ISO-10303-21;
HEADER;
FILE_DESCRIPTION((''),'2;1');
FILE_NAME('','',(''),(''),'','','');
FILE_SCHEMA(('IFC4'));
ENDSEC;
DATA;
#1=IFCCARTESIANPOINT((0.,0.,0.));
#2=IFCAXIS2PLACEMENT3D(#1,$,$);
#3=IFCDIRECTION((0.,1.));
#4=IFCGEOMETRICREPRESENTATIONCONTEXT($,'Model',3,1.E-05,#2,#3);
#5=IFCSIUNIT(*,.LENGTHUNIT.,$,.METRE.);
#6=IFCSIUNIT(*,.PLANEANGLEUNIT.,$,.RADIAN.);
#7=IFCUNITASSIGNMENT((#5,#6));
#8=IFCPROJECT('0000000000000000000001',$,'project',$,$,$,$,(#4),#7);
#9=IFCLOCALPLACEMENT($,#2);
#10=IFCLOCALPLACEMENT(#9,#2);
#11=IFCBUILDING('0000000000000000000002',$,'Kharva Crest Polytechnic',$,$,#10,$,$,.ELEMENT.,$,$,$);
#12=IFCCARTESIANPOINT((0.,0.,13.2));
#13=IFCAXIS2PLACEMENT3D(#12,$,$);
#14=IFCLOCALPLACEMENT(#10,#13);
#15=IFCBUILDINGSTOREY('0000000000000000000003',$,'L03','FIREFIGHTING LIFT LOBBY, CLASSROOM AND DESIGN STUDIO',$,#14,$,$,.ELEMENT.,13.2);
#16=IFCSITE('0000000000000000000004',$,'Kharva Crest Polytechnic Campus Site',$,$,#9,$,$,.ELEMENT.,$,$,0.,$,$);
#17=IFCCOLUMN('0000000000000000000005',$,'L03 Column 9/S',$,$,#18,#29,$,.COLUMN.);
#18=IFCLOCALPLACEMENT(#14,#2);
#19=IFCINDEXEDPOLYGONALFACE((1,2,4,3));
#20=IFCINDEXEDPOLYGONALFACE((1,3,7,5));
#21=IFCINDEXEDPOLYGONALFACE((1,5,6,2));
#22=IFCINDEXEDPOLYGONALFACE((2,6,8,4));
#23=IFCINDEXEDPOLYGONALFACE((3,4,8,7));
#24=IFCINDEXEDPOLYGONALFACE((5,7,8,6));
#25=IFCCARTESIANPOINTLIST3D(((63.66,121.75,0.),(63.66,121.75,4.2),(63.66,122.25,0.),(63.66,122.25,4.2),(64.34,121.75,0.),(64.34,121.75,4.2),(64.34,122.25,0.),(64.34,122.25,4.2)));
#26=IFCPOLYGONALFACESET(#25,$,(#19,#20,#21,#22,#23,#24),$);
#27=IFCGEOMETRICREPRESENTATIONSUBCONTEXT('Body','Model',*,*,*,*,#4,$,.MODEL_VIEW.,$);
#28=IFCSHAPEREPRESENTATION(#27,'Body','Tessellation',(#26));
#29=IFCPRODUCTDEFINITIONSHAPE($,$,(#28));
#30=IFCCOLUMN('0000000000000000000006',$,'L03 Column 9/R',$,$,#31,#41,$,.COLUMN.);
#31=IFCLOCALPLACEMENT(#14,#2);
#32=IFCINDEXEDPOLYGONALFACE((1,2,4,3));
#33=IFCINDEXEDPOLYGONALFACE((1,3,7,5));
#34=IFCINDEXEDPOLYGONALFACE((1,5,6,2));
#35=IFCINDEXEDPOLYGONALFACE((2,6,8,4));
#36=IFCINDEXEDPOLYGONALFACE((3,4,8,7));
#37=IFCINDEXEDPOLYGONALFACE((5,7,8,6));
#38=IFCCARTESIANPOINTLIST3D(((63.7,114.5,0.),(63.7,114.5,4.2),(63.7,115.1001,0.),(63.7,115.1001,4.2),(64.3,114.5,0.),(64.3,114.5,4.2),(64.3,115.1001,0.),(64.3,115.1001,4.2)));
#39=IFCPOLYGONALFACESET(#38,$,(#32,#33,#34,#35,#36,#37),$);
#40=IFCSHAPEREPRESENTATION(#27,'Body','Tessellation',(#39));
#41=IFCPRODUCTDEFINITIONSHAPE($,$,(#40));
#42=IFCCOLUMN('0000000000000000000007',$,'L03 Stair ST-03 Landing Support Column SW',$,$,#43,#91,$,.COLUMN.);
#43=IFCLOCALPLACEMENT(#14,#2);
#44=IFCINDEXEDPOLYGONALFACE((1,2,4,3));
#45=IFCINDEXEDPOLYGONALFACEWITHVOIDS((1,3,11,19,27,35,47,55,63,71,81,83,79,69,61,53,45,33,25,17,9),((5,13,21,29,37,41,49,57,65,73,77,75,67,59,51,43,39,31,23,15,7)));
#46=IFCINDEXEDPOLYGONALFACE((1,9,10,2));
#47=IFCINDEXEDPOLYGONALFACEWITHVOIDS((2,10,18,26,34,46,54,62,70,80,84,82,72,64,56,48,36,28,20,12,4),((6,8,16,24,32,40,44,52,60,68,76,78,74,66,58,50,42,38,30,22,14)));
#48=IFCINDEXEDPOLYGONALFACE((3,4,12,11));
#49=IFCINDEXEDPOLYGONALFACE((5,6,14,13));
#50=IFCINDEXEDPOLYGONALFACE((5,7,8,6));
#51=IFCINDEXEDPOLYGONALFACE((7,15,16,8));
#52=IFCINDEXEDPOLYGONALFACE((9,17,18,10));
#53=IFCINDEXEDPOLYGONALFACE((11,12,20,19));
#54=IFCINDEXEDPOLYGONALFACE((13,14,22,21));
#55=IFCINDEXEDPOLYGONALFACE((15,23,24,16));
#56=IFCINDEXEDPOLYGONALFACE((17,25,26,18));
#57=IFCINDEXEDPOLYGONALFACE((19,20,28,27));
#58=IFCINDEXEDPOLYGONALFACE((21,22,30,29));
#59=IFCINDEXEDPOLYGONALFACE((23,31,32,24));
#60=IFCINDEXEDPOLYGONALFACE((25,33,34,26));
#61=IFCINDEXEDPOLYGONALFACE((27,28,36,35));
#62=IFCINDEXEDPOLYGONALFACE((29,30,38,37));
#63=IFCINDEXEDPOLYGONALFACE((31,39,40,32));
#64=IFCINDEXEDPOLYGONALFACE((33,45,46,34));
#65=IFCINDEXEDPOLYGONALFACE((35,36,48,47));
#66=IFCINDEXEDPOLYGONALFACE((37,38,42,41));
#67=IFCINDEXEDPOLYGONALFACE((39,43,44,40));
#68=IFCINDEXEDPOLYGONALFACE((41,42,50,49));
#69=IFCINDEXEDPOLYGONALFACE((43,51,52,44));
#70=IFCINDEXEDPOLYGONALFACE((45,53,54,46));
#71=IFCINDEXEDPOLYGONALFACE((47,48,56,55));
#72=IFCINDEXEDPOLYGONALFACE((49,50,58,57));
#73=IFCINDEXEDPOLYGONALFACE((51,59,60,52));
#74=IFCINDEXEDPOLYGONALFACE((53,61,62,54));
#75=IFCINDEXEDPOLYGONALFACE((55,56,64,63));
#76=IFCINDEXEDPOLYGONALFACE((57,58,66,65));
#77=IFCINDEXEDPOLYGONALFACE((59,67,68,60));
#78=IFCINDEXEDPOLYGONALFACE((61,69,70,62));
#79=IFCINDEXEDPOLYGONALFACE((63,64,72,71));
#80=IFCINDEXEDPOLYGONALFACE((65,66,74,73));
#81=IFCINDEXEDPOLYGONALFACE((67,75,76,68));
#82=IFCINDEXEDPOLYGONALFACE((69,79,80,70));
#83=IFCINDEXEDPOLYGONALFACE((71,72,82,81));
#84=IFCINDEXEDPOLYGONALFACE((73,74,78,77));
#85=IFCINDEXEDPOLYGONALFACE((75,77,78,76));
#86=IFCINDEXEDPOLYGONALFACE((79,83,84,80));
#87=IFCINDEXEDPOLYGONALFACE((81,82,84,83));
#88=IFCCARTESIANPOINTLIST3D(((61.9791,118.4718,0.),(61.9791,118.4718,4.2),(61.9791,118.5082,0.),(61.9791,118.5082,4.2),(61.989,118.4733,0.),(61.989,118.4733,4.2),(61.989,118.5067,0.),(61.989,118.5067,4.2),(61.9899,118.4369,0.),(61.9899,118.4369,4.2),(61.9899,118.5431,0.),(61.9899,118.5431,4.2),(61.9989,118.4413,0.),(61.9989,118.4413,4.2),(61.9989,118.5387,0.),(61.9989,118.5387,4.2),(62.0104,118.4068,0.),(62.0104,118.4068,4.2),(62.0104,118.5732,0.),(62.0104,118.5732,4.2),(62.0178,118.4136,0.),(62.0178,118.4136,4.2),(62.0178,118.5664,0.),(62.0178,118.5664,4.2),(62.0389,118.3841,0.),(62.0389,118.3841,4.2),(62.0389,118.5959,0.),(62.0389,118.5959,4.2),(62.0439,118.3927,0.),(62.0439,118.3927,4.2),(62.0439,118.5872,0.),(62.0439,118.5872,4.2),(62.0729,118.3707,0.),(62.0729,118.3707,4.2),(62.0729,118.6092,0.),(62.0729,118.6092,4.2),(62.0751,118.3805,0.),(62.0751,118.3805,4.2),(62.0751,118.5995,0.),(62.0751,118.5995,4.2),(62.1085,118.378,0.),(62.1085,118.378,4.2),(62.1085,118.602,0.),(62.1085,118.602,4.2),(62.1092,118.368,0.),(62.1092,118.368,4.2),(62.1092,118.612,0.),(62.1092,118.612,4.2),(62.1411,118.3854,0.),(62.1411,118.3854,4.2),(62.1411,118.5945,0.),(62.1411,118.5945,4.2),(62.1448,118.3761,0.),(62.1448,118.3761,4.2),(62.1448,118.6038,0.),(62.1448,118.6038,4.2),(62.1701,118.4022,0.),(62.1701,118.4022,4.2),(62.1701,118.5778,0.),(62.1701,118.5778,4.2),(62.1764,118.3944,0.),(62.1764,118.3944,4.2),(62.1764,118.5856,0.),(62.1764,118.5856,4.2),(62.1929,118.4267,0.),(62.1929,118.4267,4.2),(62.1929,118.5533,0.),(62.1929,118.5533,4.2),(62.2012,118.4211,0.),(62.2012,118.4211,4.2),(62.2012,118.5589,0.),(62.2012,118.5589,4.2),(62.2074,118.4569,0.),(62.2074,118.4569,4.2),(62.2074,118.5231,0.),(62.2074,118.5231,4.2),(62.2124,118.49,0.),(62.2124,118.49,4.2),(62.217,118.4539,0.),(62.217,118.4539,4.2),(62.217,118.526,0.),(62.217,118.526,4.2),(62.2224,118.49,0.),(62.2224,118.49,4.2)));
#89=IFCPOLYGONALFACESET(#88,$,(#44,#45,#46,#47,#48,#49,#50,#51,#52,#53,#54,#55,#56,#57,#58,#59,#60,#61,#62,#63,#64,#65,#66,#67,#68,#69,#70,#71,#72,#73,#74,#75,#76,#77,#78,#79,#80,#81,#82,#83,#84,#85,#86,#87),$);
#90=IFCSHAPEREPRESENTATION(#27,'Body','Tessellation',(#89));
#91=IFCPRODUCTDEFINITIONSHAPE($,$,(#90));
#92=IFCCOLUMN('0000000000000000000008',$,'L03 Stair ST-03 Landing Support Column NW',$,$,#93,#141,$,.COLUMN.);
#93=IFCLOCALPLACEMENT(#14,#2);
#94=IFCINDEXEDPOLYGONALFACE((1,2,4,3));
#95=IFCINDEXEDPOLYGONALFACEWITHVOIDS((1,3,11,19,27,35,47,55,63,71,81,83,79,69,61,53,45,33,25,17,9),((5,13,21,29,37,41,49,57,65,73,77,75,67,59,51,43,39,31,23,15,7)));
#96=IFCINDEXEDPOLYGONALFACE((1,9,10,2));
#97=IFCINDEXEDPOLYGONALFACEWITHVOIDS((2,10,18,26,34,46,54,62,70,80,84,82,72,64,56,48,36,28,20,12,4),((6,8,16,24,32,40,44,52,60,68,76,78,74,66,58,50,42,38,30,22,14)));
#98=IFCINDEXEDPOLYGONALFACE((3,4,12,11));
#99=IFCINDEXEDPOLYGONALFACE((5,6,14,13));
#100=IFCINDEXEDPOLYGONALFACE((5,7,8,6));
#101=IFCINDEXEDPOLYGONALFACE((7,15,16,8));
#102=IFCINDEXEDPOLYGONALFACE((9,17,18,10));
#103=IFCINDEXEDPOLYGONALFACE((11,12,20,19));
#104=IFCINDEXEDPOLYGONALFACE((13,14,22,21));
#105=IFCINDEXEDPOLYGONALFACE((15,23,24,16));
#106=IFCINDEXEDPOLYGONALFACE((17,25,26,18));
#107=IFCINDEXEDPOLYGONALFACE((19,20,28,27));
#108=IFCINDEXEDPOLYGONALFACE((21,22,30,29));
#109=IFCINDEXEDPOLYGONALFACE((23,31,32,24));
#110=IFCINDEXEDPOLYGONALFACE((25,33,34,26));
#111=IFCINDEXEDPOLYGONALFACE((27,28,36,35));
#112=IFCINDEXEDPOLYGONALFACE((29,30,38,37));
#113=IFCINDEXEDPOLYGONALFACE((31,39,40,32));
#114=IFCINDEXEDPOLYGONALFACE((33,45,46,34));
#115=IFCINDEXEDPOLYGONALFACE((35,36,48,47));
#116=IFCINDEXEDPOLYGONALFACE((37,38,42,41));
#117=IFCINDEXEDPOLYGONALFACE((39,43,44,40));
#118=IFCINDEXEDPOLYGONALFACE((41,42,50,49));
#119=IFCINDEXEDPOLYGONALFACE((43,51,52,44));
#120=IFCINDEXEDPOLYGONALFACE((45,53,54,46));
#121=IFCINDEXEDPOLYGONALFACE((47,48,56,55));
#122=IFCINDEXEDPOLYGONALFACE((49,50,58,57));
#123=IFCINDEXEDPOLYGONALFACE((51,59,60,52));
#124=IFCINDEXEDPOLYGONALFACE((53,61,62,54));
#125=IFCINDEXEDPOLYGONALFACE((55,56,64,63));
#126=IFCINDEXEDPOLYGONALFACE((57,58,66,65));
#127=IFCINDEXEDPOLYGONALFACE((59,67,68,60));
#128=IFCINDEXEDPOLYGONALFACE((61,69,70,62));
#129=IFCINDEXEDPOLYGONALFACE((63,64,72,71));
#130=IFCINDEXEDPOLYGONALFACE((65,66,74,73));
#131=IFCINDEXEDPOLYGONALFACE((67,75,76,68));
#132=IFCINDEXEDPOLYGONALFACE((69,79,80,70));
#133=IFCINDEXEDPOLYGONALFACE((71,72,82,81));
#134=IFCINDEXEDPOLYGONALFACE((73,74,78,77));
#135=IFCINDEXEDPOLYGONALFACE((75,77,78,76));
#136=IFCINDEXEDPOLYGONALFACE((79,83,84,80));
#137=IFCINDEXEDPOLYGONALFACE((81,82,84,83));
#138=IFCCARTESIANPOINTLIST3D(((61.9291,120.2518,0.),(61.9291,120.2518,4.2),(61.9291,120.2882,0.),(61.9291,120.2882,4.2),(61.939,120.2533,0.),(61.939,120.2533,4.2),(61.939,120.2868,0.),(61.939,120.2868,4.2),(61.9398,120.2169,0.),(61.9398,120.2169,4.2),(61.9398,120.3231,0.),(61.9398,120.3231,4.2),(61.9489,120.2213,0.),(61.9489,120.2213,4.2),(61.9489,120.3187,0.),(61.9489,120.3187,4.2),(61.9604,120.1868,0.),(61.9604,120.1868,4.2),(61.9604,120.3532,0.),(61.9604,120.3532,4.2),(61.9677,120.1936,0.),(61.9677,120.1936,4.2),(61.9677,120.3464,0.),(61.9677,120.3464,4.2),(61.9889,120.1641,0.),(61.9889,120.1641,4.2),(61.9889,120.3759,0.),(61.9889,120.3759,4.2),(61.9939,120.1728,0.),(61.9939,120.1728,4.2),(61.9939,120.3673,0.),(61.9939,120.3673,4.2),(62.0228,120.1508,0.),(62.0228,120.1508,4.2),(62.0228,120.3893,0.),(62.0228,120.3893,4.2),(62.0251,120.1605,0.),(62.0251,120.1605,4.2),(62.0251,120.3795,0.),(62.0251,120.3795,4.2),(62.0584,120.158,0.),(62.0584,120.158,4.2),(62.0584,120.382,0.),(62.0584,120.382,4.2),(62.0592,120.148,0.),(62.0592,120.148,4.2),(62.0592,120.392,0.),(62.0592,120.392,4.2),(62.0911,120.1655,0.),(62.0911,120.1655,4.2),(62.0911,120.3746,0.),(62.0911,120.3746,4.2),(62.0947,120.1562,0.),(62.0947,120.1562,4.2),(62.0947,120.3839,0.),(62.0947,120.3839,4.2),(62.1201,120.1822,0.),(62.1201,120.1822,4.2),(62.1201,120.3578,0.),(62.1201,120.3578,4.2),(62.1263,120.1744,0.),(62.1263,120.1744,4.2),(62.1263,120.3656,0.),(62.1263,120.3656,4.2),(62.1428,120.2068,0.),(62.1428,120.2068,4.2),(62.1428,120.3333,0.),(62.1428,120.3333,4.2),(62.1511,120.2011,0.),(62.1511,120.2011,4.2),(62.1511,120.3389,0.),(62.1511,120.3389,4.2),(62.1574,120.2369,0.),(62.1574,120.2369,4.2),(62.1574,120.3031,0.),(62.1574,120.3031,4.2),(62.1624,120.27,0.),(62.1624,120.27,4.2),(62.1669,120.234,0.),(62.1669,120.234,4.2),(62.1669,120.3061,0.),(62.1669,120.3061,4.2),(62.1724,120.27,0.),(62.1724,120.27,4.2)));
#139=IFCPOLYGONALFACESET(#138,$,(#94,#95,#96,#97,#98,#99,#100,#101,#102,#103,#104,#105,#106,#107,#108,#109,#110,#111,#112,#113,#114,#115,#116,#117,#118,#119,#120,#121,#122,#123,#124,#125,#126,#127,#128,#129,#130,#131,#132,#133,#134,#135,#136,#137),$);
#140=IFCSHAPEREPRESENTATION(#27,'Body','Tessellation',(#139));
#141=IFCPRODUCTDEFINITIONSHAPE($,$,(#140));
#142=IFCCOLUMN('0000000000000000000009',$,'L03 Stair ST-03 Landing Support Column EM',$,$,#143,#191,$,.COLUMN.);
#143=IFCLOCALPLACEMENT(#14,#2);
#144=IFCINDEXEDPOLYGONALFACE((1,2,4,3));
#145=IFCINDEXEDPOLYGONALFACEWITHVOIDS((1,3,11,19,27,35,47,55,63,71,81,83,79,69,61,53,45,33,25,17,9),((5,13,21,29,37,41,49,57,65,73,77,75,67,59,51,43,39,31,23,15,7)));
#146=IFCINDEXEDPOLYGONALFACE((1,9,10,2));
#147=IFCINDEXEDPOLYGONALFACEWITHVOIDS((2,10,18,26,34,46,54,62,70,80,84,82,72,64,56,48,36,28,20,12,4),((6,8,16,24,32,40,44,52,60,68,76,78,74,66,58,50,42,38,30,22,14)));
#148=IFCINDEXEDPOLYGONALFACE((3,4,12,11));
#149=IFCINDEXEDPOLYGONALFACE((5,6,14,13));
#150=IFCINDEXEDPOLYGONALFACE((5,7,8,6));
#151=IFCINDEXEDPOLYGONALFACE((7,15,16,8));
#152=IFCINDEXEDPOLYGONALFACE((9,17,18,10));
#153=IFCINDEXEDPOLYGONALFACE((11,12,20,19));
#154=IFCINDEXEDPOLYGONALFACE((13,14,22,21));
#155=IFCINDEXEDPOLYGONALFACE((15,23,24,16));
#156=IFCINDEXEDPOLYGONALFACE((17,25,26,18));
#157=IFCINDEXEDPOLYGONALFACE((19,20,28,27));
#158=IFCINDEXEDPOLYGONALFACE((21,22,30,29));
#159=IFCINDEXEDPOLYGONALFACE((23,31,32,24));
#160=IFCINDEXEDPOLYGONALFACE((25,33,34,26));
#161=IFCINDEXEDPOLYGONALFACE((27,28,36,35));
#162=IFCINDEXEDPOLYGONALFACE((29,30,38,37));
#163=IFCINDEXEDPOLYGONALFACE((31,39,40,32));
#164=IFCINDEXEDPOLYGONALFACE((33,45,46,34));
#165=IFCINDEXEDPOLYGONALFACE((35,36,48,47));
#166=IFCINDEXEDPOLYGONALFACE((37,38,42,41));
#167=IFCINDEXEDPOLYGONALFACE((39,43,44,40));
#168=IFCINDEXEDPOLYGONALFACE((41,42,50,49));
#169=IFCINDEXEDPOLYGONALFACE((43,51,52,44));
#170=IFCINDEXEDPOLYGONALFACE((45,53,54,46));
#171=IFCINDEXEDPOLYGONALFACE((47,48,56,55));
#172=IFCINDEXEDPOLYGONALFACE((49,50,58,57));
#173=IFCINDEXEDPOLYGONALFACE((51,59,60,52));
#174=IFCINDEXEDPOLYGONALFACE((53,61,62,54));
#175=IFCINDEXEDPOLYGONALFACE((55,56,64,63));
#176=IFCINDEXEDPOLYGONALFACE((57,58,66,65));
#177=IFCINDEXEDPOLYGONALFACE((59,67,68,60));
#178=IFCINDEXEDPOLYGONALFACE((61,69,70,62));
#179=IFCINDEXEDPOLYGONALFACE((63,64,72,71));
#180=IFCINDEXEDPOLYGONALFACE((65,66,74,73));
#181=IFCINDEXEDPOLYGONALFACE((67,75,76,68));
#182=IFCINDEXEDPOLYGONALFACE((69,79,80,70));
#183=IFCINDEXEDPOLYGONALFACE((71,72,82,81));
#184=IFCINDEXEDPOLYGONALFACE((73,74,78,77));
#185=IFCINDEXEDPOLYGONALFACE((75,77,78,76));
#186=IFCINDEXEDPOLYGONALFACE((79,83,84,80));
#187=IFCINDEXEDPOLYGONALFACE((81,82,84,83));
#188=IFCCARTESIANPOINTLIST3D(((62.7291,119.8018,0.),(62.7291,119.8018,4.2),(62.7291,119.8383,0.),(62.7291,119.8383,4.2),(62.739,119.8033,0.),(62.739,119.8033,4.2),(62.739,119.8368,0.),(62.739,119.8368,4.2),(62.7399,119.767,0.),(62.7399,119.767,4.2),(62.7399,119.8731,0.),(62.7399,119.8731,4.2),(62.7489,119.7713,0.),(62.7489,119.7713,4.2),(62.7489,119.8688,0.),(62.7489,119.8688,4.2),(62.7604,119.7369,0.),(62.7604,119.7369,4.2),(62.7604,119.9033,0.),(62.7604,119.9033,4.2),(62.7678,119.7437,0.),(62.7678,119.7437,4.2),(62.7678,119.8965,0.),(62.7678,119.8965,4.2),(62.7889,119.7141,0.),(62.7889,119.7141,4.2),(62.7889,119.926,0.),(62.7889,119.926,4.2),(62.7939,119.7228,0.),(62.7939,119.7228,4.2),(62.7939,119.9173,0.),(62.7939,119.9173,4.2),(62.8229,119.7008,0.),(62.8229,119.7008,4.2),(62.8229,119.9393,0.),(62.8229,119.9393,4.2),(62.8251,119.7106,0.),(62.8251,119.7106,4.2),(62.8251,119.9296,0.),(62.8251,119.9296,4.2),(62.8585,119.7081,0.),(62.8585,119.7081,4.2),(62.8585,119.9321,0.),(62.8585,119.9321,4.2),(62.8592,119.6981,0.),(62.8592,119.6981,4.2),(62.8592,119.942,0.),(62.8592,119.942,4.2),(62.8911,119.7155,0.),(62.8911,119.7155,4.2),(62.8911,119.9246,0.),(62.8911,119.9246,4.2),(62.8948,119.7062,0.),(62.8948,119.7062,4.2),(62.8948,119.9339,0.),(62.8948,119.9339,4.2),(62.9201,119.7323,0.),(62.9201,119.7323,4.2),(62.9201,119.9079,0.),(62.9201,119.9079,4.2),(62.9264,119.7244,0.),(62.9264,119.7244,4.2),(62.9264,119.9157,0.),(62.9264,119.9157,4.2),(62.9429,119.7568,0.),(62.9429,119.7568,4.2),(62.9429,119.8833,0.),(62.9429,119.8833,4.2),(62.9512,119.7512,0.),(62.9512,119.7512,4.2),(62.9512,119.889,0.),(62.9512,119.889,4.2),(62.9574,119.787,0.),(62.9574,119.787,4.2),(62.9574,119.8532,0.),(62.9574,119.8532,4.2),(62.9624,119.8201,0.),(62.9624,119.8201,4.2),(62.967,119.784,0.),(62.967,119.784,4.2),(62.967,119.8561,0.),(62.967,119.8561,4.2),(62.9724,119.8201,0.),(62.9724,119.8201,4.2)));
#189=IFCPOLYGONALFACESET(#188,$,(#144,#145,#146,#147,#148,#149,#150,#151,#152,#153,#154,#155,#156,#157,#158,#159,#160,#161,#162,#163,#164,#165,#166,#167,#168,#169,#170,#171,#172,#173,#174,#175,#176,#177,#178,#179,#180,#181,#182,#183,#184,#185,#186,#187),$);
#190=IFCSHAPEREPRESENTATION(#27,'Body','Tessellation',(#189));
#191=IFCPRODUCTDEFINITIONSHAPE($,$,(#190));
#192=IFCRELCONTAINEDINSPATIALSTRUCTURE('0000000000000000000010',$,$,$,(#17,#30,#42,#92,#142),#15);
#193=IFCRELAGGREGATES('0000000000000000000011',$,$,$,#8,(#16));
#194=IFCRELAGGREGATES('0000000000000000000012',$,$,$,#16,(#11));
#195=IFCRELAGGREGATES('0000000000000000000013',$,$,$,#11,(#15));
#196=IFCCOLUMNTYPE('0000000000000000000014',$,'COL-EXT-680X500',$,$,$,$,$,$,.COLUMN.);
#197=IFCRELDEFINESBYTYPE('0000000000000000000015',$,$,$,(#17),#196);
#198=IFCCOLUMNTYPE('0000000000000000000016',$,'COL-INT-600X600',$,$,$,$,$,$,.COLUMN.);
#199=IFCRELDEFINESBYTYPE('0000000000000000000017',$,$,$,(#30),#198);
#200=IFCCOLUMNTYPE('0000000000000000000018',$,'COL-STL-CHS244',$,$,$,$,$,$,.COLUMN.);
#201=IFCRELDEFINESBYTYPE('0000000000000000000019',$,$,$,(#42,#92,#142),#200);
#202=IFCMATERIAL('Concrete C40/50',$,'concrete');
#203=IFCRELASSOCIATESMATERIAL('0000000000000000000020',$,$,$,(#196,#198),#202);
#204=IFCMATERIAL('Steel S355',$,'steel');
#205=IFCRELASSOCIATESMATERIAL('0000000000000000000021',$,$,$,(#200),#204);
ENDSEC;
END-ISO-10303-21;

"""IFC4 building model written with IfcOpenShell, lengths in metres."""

from ifc_helpers import new_model, si_unit, direction, frame, origin, origin_2d, place, context, subcontext, project, spatial, rectangle, hollow_circle, extrude, material, material_profile, profile_set, type_object, element, save


model = new_model("IFC4")

# Units and contexts
model_context = context("Model", 3, precision=1e-05, world=origin(), true_north=direction((0.0, 1.0)))
body_context = subcontext(model_context, "Body", "Model", "MODEL_VIEW")
ifc_project = project(units=[si_unit("LENGTHUNIT", "METRE"), si_unit("PLANEANGLEUNIT", "RADIAN")], contexts=[model_context])

# Site, building, storey
site_placement = place(None, origin())
site = spatial("IfcSite", under=ifc_project, at=site_placement, Name="Kharva Crest Polytechnic Campus Site", CompositionType="ELEMENT", RefElevation=0.0)
building_placement = place(site_placement, origin())
building = spatial("IfcBuilding", under=site, at=building_placement, Name="Kharva Crest Polytechnic", CompositionType="ELEMENT")
storey_placement = place(building_placement, frame((0.0, 0.0, 13.2)))
storey = spatial("IfcBuildingStorey", under=building, at=storey_placement, Name="L03", Description="FIREFIGHTING LIFT LOBBY, CLASSROOM AND DESIGN STUDIO", CompositionType="ELEMENT", Elevation=13.2)

# Columns
ifc_material_1 = material(Name="Concrete C40/50", Category="concrete")
ifc_material_profile_1 = material_profile(ifc_material_1, rectangle(XDim=0.6799, YDim=0.5, at=origin_2d()), Name="RECT 680 X 500")
ifc_profile_set_1 = profile_set([ifc_material_profile_1], Name="Concrete C40/50")
column_type_1 = type_object("IfcColumnType", Name="COL-EXT-680X500", PredefinedType="COLUMN", material=ifc_profile_set_1)
column_1_placement = place(storey_placement, frame((64.0, 122.0, 0.0), z_axis=(0.0, 0.0, 1.0), x_axis=(1.0, 0.0, 0.0)))
element("IfcColumn", 1, at=column_1_placement, inside=storey, type_object=column_type_1, Name="L03 Column 9/S", PredefinedType="COLUMN", context=body_context, shape_type="SweptSolid", body=[
    extrude(rectangle(XDim=0.6799, YDim=0.5, at=origin_2d()), origin(), (0.0, 0.0, 1.0), 4.2),
])
ifc_material_profile_2 = material_profile(ifc_material_1, rectangle(XDim=0.6001, YDim=0.6001, at=origin_2d()), Name="RECT 600 X 600")
ifc_profile_set_2 = profile_set([ifc_material_profile_2], Name="Concrete C40/50")
column_type_2 = type_object("IfcColumnType", Name="COL-INT-600X600", PredefinedType="COLUMN", material=ifc_profile_set_2)
column_2_placement = place(storey_placement, frame((64.0, 114.8, 0.0), z_axis=(0.0, 0.0, 1.0), x_axis=(1.0, 0.0, 0.0)))
element("IfcColumn", 2, at=column_2_placement, inside=storey, type_object=column_type_2, Name="L03 Column 9/R", PredefinedType="COLUMN", context=body_context, shape_type="SweptSolid", body=[
    extrude(rectangle(XDim=0.6001, YDim=0.6001, at=origin_2d()), origin(), (0.0, 0.0, 1.0), 4.2),
])
ifc_material_2 = material(Name="Steel S355", Category="steel")
ifc_material_profile_3 = material_profile(ifc_material_2, hollow_circle(Radius=0.1223, WallThickness=0.01, at=origin_2d()), Name="CHS 244.5X10.0")
ifc_profile_set_3 = profile_set([ifc_material_profile_3], Name="Steel S355")
column_type_3 = type_object("IfcColumnType", Name="COL-STL-CHS244", PredefinedType="COLUMN", material=ifc_profile_set_3)
for number, where, z_axis, x_axis, name in (
    (3, (62.1001, 118.49, 0.0), (0.0, 0.0, 1.0), (1.0, 0.0, 0.0), "L03 Stair ST-03 Landing Support Column SW"),
    (4, (62.05, 120.27, 0.0), (0.0, 0.0, 1.0), (1.0, 0.0, 0.0), "L03 Stair ST-03 Landing Support Column NW"),
    (5, (62.8501, 119.8201, 0.0), (0.0, 0.0, 1.0), (1.0, 0.0, 0.0), "L03 Stair ST-03 Landing Support Column EM"),
):
    element("IfcColumn", number, at=place(storey_placement, frame(where, z_axis=z_axis, x_axis=x_axis)), inside=storey, type_object=column_type_3, Name=name, PredefinedType="COLUMN", context=body_context, shape_type="SweptSolid", body=[
        extrude(hollow_circle(Radius=0.1223, WallThickness=0.01, at=origin_2d()), origin(), (0.0, 0.0, 1.0), 4.2),
    ])

save(model, "model.ifc")
